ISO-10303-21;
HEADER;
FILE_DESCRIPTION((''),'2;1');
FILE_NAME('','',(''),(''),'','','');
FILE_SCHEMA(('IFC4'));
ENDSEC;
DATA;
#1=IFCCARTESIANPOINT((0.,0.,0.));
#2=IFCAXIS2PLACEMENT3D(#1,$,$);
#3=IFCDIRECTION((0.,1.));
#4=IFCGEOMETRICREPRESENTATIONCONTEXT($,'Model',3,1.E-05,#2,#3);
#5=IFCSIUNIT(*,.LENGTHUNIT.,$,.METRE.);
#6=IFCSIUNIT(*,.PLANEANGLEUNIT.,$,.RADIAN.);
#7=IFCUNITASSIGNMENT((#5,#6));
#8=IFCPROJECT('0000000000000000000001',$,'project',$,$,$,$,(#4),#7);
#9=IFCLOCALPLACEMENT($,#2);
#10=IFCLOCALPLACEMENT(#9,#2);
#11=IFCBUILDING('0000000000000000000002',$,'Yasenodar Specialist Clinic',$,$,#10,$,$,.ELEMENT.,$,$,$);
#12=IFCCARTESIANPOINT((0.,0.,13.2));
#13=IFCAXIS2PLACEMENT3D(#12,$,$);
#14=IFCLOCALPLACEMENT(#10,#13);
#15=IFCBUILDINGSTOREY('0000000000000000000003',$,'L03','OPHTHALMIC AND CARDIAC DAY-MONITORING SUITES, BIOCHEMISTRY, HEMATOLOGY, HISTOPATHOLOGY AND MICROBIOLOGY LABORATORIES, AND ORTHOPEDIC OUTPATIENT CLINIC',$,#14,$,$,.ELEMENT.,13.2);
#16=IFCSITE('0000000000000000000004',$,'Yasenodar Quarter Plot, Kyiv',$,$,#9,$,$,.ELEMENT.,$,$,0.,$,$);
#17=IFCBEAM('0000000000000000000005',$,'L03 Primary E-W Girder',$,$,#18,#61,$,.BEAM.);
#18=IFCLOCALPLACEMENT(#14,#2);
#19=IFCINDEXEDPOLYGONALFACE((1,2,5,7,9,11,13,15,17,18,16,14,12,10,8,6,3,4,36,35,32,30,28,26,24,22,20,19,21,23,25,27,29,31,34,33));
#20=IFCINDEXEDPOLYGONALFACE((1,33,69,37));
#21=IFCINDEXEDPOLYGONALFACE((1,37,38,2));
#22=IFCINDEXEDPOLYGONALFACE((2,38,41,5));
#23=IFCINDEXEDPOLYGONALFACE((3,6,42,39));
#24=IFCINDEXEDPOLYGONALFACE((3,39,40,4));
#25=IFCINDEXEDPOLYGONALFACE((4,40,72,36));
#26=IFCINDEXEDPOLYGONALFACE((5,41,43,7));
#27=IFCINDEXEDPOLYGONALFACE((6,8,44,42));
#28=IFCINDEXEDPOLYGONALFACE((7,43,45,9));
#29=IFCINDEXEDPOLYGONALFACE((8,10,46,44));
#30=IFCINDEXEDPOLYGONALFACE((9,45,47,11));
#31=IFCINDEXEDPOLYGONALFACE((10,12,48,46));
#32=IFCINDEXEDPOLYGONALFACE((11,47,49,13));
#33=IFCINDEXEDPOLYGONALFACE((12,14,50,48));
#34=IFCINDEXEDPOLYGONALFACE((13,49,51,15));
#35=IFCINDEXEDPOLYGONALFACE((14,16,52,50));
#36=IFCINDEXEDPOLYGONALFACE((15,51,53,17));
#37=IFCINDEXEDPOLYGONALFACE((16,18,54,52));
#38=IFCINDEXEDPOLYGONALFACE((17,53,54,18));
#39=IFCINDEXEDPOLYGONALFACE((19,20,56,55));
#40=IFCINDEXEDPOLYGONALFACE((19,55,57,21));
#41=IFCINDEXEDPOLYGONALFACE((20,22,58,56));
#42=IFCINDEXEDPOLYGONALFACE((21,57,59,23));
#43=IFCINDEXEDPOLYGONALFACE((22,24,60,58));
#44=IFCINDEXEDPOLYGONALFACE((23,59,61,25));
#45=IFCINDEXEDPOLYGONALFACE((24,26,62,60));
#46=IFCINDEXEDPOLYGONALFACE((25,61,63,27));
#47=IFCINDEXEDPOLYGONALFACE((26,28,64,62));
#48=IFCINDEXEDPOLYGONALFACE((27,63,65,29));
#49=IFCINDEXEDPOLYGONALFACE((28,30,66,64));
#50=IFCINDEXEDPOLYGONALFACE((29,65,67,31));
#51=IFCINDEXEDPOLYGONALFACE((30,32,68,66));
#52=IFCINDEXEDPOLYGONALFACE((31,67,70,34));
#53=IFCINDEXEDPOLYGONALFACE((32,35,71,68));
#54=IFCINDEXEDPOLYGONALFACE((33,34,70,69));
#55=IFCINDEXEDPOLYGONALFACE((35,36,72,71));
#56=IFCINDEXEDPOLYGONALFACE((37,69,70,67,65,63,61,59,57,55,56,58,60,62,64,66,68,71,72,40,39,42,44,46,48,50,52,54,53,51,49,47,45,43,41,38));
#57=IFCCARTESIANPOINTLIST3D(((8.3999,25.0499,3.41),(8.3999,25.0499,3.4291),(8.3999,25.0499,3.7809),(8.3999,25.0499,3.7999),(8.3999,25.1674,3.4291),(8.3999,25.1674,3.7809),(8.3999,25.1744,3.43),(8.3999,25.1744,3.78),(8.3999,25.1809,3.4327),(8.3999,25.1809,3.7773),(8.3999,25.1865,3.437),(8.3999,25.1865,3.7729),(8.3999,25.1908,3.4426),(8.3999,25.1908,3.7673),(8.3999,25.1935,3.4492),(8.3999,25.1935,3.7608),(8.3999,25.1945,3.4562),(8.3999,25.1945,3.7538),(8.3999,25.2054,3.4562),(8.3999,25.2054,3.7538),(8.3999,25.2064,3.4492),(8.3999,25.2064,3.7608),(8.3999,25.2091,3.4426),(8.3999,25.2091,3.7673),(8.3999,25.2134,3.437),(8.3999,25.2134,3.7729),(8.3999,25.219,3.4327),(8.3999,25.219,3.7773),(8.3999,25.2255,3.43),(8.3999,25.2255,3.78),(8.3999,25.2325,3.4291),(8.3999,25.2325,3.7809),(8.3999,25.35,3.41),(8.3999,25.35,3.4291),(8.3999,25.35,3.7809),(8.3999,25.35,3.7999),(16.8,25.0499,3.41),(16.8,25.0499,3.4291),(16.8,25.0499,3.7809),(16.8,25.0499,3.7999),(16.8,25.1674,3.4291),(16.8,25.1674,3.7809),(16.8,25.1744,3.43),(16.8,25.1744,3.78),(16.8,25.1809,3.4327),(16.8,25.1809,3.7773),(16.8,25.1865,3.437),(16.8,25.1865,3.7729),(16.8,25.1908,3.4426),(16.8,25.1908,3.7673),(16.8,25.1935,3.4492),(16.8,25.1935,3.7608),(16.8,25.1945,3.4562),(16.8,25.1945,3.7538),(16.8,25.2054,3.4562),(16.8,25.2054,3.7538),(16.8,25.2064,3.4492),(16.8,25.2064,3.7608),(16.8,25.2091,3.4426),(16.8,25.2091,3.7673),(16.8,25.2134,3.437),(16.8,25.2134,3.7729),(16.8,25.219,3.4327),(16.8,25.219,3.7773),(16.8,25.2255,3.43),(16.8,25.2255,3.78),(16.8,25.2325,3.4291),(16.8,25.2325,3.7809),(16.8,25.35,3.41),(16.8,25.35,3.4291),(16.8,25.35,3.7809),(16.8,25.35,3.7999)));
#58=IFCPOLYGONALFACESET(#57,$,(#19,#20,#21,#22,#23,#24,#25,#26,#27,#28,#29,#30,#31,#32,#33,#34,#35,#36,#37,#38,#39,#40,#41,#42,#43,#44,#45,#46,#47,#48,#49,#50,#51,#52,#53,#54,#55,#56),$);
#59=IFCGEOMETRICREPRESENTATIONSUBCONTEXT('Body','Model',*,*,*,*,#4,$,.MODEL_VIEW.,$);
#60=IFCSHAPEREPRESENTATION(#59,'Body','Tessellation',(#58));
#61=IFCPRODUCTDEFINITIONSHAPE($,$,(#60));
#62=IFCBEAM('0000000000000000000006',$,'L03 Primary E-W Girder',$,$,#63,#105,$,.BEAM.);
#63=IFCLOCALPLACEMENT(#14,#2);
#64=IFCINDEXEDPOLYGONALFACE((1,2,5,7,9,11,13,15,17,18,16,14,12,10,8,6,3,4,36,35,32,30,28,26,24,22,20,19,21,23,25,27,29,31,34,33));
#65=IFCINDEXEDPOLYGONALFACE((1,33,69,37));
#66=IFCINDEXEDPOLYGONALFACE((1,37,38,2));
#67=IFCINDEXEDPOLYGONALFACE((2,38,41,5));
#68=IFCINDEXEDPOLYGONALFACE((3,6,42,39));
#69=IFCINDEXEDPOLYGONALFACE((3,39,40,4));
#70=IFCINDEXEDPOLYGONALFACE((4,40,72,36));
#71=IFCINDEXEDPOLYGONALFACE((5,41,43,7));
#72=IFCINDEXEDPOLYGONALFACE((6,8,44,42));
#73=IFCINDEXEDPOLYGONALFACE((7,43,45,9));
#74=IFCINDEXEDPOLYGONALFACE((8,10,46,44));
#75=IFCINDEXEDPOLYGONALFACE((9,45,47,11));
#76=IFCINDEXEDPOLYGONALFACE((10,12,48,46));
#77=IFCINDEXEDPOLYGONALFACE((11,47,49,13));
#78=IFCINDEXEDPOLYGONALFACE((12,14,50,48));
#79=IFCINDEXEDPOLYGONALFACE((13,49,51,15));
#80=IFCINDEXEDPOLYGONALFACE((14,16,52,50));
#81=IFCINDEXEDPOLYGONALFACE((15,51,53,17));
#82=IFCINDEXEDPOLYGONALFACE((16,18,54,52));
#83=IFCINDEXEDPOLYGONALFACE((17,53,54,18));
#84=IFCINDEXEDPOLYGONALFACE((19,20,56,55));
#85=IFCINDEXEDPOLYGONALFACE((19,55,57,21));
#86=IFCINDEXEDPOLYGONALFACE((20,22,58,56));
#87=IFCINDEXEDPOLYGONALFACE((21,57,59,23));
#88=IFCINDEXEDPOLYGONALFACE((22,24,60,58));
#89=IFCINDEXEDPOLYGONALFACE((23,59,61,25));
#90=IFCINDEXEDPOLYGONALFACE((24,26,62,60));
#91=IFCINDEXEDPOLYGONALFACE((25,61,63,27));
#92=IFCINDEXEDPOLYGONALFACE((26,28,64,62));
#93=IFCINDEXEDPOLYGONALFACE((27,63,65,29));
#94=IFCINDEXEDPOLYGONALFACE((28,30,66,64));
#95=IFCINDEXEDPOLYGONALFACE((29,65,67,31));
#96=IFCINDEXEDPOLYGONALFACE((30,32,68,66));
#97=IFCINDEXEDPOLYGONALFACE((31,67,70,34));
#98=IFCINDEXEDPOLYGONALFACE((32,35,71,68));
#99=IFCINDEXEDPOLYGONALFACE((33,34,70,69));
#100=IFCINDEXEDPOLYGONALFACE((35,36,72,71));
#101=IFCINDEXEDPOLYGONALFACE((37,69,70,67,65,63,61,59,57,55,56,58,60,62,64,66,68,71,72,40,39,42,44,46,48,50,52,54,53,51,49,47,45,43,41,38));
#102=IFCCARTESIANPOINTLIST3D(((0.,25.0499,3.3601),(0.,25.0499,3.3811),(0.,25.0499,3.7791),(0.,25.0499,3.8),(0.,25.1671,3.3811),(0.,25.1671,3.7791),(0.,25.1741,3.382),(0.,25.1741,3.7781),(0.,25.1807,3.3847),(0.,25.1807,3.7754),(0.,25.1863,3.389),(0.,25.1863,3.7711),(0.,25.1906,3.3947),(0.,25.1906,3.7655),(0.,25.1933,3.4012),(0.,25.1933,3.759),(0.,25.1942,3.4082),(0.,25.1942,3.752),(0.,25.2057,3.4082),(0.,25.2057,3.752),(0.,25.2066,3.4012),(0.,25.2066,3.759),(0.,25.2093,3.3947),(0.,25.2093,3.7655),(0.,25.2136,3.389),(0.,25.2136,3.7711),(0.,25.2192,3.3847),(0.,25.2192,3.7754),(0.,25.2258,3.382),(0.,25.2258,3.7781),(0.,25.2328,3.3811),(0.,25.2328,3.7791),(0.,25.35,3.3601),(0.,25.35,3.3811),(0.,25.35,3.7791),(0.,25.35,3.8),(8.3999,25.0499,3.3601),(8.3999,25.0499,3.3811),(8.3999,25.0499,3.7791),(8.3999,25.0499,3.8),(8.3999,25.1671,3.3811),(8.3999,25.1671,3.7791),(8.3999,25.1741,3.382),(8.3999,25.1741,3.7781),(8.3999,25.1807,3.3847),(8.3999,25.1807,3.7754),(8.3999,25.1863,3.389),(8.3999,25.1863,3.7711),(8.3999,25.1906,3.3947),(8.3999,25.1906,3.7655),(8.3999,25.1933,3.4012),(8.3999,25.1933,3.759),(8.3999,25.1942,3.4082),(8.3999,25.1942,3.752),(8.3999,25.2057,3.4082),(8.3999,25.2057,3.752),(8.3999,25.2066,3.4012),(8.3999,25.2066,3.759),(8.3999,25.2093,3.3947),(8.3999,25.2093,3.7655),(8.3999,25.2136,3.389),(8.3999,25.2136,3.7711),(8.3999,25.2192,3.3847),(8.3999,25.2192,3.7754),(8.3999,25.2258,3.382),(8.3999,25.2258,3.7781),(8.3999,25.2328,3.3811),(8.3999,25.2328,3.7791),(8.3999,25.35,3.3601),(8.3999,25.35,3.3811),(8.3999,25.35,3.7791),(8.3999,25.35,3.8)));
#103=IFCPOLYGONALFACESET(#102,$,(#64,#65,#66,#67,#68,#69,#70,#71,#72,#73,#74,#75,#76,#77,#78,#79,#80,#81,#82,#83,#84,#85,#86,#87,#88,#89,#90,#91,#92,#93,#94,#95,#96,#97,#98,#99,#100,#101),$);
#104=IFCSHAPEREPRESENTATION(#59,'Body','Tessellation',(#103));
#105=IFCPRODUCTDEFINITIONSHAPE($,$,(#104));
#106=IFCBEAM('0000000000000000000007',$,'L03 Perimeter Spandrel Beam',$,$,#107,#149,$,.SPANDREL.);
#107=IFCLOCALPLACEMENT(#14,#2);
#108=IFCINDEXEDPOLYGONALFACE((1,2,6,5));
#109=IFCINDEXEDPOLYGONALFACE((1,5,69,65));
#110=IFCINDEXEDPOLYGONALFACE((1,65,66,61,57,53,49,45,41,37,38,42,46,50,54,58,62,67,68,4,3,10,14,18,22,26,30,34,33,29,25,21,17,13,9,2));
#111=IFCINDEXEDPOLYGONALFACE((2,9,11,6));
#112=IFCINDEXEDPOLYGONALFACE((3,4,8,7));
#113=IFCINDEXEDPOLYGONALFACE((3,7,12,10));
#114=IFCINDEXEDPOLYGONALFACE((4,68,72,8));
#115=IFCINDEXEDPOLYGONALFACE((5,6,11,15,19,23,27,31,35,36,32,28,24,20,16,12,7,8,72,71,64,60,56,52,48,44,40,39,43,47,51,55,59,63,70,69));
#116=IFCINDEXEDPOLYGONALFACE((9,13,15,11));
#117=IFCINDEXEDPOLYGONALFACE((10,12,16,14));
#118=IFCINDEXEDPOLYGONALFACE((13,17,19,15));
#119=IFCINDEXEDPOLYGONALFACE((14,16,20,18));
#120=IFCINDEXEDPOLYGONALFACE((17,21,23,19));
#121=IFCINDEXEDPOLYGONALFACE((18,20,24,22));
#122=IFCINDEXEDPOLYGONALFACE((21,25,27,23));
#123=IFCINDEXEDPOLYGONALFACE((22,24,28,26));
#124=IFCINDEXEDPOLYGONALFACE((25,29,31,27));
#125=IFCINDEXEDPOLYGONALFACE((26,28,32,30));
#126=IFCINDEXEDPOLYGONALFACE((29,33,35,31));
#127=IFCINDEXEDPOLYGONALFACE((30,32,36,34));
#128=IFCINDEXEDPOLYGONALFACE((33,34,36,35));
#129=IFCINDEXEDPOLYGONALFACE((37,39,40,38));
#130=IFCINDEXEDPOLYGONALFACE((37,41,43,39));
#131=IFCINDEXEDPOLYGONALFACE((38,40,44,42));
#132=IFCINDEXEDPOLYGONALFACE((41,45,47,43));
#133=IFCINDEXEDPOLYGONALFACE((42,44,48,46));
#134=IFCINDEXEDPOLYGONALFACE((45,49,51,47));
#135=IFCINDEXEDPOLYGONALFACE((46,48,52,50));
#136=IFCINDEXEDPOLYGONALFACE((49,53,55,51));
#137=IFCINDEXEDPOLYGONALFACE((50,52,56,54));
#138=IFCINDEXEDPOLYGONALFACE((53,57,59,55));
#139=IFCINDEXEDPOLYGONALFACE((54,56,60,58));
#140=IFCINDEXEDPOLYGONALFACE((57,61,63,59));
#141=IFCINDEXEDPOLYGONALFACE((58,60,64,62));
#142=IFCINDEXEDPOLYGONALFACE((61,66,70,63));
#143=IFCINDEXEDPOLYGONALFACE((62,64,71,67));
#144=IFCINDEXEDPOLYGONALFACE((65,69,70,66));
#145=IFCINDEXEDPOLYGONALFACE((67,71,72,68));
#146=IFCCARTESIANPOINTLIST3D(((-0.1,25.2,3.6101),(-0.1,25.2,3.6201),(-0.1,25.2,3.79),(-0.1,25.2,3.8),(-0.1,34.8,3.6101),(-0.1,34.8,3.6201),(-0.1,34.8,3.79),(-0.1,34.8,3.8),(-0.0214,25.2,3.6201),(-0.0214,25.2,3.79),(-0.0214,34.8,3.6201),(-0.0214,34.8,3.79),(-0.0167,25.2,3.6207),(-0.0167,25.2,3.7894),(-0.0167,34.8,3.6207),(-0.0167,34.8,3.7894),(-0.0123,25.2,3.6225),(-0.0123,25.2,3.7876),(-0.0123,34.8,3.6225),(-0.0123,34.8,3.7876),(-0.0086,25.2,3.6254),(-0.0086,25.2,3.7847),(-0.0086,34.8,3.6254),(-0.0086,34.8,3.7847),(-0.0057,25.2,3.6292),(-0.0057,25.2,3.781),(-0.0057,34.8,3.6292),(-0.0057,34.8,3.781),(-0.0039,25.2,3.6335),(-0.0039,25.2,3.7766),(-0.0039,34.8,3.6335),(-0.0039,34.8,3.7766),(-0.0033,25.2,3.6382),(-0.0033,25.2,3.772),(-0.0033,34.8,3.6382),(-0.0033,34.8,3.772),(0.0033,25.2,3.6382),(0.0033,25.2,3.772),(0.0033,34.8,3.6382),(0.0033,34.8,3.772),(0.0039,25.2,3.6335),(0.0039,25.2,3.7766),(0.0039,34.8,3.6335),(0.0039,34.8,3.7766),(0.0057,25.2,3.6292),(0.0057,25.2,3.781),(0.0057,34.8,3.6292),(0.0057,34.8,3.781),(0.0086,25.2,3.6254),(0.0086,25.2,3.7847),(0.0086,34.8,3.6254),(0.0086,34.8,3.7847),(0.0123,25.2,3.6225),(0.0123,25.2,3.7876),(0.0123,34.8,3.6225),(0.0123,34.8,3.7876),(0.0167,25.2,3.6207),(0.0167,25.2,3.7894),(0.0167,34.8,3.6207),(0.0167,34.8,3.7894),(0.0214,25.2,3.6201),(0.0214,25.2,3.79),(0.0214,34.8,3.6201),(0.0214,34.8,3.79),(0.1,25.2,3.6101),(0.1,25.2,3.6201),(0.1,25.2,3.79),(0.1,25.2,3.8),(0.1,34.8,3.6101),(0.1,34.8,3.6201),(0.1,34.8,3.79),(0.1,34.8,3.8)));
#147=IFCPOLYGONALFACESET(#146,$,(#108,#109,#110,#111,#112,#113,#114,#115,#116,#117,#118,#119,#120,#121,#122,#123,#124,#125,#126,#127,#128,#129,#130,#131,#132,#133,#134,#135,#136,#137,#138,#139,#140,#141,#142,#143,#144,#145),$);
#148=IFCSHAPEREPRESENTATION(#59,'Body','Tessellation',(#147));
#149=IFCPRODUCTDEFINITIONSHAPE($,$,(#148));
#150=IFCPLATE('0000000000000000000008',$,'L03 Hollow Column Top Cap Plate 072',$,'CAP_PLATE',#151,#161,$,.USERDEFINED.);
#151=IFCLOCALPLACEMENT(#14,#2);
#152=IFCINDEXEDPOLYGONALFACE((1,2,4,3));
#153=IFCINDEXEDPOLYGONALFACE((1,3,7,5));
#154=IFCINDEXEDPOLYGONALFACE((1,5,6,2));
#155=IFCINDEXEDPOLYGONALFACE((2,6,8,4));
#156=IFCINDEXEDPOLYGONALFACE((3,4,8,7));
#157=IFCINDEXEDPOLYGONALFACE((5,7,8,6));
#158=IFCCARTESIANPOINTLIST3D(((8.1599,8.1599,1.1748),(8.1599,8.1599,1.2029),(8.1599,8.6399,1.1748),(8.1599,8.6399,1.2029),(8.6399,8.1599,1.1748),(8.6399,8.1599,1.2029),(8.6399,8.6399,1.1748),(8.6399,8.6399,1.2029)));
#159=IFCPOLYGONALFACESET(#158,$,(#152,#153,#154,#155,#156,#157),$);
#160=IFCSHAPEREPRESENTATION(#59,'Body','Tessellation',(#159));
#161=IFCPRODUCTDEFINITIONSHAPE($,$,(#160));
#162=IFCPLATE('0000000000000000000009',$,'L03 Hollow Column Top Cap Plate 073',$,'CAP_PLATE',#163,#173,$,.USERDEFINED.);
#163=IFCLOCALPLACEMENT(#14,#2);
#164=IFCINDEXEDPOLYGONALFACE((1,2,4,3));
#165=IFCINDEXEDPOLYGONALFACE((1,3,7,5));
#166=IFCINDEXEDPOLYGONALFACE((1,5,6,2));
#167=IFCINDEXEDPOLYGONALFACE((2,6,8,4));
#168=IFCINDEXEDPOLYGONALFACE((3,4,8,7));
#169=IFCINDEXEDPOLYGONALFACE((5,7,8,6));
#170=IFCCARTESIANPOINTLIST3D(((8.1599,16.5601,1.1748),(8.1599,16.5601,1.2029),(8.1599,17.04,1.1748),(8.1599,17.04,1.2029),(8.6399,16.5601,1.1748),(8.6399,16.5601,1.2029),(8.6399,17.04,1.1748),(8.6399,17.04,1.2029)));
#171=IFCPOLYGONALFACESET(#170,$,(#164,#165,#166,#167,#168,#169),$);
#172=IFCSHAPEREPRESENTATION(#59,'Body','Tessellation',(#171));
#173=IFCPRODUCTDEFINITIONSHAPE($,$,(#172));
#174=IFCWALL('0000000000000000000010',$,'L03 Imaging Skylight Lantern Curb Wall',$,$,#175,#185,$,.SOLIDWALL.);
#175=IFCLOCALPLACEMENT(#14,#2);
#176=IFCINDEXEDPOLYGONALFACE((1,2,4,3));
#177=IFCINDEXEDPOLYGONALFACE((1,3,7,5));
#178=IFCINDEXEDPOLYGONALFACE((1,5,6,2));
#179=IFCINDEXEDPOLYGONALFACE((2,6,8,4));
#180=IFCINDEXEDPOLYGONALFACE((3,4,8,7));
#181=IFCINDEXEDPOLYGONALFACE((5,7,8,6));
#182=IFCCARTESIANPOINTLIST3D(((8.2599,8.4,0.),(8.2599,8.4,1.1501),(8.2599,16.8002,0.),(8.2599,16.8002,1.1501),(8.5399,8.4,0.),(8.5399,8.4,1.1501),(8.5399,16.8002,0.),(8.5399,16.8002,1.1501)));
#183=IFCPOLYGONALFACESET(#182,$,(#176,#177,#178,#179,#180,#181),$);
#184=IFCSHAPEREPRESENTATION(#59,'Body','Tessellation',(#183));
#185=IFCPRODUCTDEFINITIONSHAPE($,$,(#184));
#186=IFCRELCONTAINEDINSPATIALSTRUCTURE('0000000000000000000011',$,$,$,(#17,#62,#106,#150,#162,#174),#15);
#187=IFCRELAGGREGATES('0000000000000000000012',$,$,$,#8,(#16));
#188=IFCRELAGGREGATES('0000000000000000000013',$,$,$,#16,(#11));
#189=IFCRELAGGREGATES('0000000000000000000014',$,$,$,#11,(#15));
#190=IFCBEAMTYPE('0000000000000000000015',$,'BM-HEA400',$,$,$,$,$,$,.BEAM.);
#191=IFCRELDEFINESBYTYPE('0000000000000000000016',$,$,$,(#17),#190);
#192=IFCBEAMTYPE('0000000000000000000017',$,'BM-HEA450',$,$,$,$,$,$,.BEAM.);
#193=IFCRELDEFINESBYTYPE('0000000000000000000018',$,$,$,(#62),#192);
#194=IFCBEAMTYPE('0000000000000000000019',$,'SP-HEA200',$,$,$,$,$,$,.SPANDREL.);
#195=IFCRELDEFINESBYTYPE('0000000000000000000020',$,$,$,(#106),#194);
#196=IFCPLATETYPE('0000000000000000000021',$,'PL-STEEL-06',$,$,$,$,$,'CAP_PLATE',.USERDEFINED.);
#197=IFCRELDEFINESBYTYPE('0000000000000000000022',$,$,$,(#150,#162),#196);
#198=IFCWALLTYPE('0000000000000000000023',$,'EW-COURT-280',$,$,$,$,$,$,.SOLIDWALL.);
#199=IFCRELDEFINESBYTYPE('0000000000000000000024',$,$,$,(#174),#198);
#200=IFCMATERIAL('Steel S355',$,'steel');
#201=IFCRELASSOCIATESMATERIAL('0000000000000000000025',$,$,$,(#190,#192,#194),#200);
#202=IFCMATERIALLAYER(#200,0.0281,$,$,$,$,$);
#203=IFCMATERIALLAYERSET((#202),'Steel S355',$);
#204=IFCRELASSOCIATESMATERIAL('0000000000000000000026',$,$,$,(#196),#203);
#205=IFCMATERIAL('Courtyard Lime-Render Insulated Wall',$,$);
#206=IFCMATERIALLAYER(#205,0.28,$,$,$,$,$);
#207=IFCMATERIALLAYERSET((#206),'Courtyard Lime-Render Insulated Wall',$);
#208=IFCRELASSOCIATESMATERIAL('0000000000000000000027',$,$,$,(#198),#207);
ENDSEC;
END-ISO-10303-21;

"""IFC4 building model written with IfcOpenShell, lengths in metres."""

from ifc_helpers import new_model, si_unit, direction, frame, frame_2d, origin, origin_2d, place, context, subcontext, project, spatial, rectangle, i_section, extrude, material, layer, layer_set, material_profile, profile_set, type_object, element, save


model = new_model("IFC4")

# Units and contexts
model_context = context("Model", 3, precision=1e-05, world=origin(), true_north=direction((0.0, 1.0)))
body_context = subcontext(model_context, "Body", "Model", "MODEL_VIEW")
ifc_project = project(units=[si_unit("LENGTHUNIT", "METRE"), si_unit("PLANEANGLEUNIT", "RADIAN")], contexts=[model_context])

# Site, building, storey
site_placement = place(None, origin())
site = spatial("IfcSite", under=ifc_project, at=site_placement, Name="Yasenodar Quarter Plot, Kyiv", CompositionType="ELEMENT", RefElevation=0.0)
building_placement = place(site_placement, origin())
building = spatial("IfcBuilding", under=site, at=building_placement, Name="Yasenodar Specialist Clinic", CompositionType="ELEMENT")
storey_placement = place(building_placement, frame((0.0, 0.0, 13.2)))
storey = spatial("IfcBuildingStorey", under=building, at=storey_placement, Name="L03", Description="OPHTHALMIC AND CARDIAC DAY-MONITORING SUITES, BIOCHEMISTRY, HEMATOLOGY, HISTOPATHOLOGY AND MICROBIOLOGY LABORATORIES, AND ORTHOPEDIC OUTPATIENT CLINIC", CompositionType="ELEMENT", Elevation=13.2)

# Shared definitions
ifc_material_1 = material(Name="Steel S355", Category="steel")

# Beams
ifc_material_profile_1 = material_profile(ifc_material_1, i_section(OverallWidth=0.3, OverallDepth=0.3899, WebThickness=0.011, FlangeThickness=0.019, FilletRadius=0.0271, at=origin_2d()), Name="HEA 400")
ifc_profile_set_1 = profile_set([ifc_material_profile_1], Name="Steel S355")
beam_type_1 = type_object("IfcBeamType", Name="BM-HEA400", PredefinedType="BEAM", material=ifc_profile_set_1)
beam_1_placement = place(storey_placement, frame((8.3999, 25.2, 3.605), z_axis=(1.0, 0.0, 0.0), x_axis=(0.0, 1.0, 0.0)))
element("IfcBeam", 1, at=beam_1_placement, inside=storey, type_object=beam_type_1, Name="L03 Primary E-W Girder", PredefinedType="BEAM", context=body_context, shape_type="SweptSolid", body=[
    extrude(i_section(OverallWidth=0.3, OverallDepth=0.3899, WebThickness=0.011, FlangeThickness=0.019, FilletRadius=0.0271, at=origin_2d()), origin(), (0.0, 0.0, 1.0), 8.4001),
])
ifc_material_profile_2 = material_profile(ifc_material_1, i_section(OverallWidth=0.3, OverallDepth=0.4399, WebThickness=0.0115, FlangeThickness=0.021, FilletRadius=0.0271, at=origin_2d()), Name="HEA 450")
ifc_profile_set_2 = profile_set([ifc_material_profile_2], Name="Steel S355")
beam_type_2 = type_object("IfcBeamType", Name="BM-HEA450", PredefinedType="BEAM", material=ifc_profile_set_2)
beam_2_placement = place(storey_placement, frame((0.0, 25.2, 3.5801), z_axis=(1.0, 0.0, 0.0), x_axis=(0.0, 1.0, 0.0)))
element("IfcBeam", 2, at=beam_2_placement, inside=storey, type_object=beam_type_2, Name="L03 Primary E-W Girder", PredefinedType="BEAM", context=body_context, shape_type="SweptSolid", body=[
    extrude(i_section(OverallWidth=0.3, OverallDepth=0.4399, WebThickness=0.0115, FlangeThickness=0.021, FilletRadius=0.0271, at=origin_2d()), origin(), (0.0, 0.0, 1.0), 8.3999),
])
ifc_material_profile_3 = material_profile(ifc_material_1, i_section(OverallWidth=0.2, OverallDepth=0.1899, WebThickness=0.0066, FlangeThickness=0.01, FilletRadius=0.0181, at=origin_2d()), Name="HEA 200")
ifc_profile_set_3 = profile_set([ifc_material_profile_3], Name="Steel S355")
beam_type_3 = type_object("IfcBeamType", Name="SP-HEA200", PredefinedType="SPANDREL", material=ifc_profile_set_3)
beam_3_placement = place(storey_placement, frame((0.0, 25.2, 3.7051), z_axis=(0.0, 1.0, 0.0), x_axis=(-1.0, 0.0, 0.0)))
element("IfcBeam", 3, at=beam_3_placement, inside=storey, type_object=beam_type_3, Name="L03 Perimeter Spandrel Beam", PredefinedType="SPANDREL", context=body_context, shape_type="SweptSolid", body=[
    extrude(i_section(OverallWidth=0.2, OverallDepth=0.1899, WebThickness=0.0066, FlangeThickness=0.01, FilletRadius=0.0181, at=origin_2d()), origin(), (0.0, 0.0, 1.0), 9.6001),
])

# Plates
ifc_layer_1 = layer(ifc_material_1, 0.0281)
ifc_layer_set_1 = layer_set([ifc_layer_1], Name="Steel S355")
plate_type = type_object("IfcPlateType", Name="PL-STEEL-06", ElementType="CAP_PLATE", PredefinedType="USERDEFINED", material=ifc_layer_set_1)
for number, where, z_axis, x_axis, name in (
    (4, (8.3999, 8.3999, 1.1748), (0.0, 0.0, 1.0), (1.0, 0.0, 0.0), "L03 Hollow Column Top Cap Plate 072"),
    (5, (8.3999, 16.8, 1.1748), (0.0, 0.0, 1.0), (1.0, 0.0, 0.0), "L03 Hollow Column Top Cap Plate 073"),
):
    element("IfcPlate", number, at=place(storey_placement, frame(where, z_axis=z_axis, x_axis=x_axis)), inside=storey, type_object=plate_type, Name=name, ObjectType="CAP_PLATE", PredefinedType="USERDEFINED", context=body_context, shape_type="SweptSolid", body=[
        extrude(rectangle(XDim=0.48, YDim=0.48, at=origin_2d()), origin(), (0.0, 0.0, 1.0), 0.0281),
    ])

# Wall
ifc_material_2 = material(Name="Courtyard Lime-Render Insulated Wall")
ifc_layer_2 = layer(ifc_material_2, 0.28)
ifc_layer_set_2 = layer_set([ifc_layer_2], Name="Courtyard Lime-Render Insulated Wall")
wall_type_1 = type_object("IfcWallType", Name="EW-COURT-280", PredefinedType="SOLIDWALL", material=ifc_layer_set_2)
wall_1_placement = place(storey_placement, frame((8.3999, 8.3999, 0.0), z_axis=(0.0, 0.0, 1.0), x_axis=(0.0, 1.0, 0.0)))
element("IfcWall", 6, at=wall_1_placement, inside=storey, type_object=wall_type_1, Name="L03 Imaging Skylight Lantern Curb Wall", PredefinedType="SOLIDWALL", context=body_context, shape_type="SweptSolid", body=[
    extrude(rectangle(XDim=8.4001, YDim=0.28, at=frame_2d((4.2002, 0.0))), origin(), (0.0, 0.0, 1.0), 1.1501),
])

save(model, "model.ifc")
